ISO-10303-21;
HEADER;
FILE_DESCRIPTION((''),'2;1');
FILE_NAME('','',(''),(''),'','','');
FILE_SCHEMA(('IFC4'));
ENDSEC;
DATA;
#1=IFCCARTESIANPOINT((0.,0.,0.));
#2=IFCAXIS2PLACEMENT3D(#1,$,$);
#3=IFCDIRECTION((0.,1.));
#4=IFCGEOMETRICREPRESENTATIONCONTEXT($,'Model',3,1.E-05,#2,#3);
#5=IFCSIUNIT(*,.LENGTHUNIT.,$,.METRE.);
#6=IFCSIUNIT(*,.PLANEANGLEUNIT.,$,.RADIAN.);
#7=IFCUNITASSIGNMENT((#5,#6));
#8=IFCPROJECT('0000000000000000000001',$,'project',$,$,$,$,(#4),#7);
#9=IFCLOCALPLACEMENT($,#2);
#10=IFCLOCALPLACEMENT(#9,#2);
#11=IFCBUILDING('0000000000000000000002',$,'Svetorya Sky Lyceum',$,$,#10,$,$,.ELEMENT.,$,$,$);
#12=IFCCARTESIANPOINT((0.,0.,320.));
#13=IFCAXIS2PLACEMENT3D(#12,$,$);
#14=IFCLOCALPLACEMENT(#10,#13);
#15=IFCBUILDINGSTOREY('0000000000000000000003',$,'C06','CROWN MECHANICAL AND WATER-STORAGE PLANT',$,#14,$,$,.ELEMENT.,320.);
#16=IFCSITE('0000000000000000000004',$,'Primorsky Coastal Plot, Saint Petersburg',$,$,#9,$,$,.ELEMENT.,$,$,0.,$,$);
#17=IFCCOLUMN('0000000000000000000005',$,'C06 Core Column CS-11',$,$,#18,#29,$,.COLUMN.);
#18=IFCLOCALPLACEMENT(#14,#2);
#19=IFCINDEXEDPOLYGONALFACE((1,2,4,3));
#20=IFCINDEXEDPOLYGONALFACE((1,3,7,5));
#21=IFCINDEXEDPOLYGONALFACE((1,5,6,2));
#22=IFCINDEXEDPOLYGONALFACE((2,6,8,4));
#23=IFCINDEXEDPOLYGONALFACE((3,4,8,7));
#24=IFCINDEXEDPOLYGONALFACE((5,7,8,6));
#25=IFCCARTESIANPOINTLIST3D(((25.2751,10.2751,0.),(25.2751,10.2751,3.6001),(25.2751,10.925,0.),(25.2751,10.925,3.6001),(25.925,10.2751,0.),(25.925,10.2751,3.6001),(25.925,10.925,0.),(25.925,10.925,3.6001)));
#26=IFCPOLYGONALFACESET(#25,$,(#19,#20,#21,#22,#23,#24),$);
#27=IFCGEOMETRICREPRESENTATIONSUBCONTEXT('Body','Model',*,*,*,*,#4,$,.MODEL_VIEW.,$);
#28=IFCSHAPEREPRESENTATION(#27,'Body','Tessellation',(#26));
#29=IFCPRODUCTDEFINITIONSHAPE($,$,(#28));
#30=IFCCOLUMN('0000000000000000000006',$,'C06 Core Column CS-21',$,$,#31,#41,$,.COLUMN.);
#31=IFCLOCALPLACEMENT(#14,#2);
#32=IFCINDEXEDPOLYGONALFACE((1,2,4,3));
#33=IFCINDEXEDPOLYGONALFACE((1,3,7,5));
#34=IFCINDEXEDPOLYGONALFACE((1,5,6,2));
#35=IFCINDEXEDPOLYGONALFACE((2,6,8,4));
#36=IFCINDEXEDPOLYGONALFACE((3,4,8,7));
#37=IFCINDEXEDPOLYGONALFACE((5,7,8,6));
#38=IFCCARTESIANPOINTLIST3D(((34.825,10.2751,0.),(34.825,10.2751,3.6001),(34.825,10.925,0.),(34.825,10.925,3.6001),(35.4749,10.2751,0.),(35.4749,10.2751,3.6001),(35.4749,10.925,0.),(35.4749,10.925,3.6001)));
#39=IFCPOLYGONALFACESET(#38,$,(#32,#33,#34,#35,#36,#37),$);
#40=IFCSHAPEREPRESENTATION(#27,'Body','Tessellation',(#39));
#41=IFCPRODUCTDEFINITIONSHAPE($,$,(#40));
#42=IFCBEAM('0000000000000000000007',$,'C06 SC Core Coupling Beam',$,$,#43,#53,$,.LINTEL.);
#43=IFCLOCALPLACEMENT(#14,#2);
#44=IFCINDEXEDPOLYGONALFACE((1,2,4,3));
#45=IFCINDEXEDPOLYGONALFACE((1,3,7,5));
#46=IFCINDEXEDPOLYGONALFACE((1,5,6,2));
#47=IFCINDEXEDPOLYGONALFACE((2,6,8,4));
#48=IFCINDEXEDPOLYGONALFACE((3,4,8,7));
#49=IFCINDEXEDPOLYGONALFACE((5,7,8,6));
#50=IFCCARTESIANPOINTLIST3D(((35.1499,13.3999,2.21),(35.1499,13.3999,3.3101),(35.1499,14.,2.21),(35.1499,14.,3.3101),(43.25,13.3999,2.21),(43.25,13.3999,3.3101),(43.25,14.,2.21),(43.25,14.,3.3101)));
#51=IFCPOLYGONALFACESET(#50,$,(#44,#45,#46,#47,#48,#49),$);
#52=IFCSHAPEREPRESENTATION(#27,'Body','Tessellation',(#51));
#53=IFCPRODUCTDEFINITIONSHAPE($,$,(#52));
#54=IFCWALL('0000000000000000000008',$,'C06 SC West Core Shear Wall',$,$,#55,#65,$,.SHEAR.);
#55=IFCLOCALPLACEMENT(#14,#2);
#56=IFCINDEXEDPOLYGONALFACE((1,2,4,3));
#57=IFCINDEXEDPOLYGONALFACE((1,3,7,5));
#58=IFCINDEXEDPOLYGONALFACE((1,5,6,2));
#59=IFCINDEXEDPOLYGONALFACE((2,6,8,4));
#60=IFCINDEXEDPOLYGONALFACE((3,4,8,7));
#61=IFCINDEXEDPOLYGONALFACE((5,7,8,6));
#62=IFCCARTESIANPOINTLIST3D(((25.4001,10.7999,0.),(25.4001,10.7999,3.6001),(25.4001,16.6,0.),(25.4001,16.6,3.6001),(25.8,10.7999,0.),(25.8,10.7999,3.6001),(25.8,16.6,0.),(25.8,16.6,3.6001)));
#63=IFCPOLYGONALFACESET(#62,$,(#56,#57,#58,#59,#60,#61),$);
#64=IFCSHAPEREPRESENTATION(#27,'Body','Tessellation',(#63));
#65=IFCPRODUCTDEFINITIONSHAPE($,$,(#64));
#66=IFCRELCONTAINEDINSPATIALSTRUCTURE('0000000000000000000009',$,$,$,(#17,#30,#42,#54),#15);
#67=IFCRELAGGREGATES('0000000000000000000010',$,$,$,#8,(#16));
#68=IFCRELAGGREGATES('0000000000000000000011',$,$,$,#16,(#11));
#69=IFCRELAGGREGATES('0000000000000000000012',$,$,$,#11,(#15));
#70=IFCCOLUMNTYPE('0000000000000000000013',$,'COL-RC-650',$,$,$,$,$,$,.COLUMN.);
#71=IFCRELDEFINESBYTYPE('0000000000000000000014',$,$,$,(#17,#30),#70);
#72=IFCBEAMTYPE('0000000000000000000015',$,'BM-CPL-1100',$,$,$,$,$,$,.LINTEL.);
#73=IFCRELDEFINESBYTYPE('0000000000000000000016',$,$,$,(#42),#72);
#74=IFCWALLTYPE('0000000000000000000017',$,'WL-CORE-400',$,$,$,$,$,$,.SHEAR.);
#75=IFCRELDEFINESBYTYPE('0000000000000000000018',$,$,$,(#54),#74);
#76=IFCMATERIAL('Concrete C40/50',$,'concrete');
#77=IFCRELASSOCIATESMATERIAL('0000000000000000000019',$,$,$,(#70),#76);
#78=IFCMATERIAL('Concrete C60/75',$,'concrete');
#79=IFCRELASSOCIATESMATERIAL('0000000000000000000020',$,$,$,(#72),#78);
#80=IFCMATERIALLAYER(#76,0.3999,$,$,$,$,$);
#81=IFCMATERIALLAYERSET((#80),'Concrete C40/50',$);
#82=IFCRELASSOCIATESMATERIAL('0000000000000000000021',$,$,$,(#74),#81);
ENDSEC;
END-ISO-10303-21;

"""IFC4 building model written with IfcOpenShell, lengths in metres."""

from ifc_helpers import new_model, si_unit, direction, frame, frame_2d, origin, origin_2d, place, context, subcontext, project, spatial, rectangle, extrude, material, layer, layer_set, material_profile, profile_set, type_object, element, save


model = new_model("IFC4")

# Units and contexts
model_context = context("Model", 3, precision=1e-05, world=origin(), true_north=direction((0.0, 1.0)))
body_context = subcontext(model_context, "Body", "Model", "MODEL_VIEW")
ifc_project = project(units=[si_unit("LENGTHUNIT", "METRE"), si_unit("PLANEANGLEUNIT", "RADIAN")], contexts=[model_context])

# Site, building, storey
site_placement = place(None, origin())
site = spatial("IfcSite", under=ifc_project, at=site_placement, Name="Primorsky Coastal Plot, Saint Petersburg", CompositionType="ELEMENT", RefElevation=0.0)
building_placement = place(site_placement, origin())
building = spatial("IfcBuilding", under=site, at=building_placement, Name="Svetorya Sky Lyceum", CompositionType="ELEMENT")
storey_placement = place(building_placement, frame((0.0, 0.0, 320.0)))
storey = spatial("IfcBuildingStorey", under=building, at=storey_placement, Name="C06", Description="CROWN MECHANICAL AND WATER-STORAGE PLANT", CompositionType="ELEMENT", Elevation=320.0)

# Columns
ifc_material_1 = material(Name="Concrete C40/50", Category="concrete")
ifc_material_profile_1 = material_profile(ifc_material_1, rectangle(XDim=0.6499, YDim=0.6499, at=origin_2d()), Name="RC COL 650x650")
ifc_profile_set_1 = profile_set([ifc_material_profile_1], Name="Concrete C40/50")
column_type = type_object("IfcColumnType", Name="COL-RC-650", PredefinedType="COLUMN", material=ifc_profile_set_1)
for number, where, z_axis, x_axis, name in (
    (1, (25.6001, 10.6001, 0.0), (0.0, 0.0, 1.0), (1.0, 0.0, 0.0), "C06 Core Column CS-11"),
    (2, (35.1499, 10.6001, 0.0), (0.0, 0.0, 1.0), (1.0, 0.0, 0.0), "C06 Core Column CS-21"),
):
    element("IfcColumn", number, at=place(storey_placement, frame(where, z_axis=z_axis, x_axis=x_axis)), inside=storey, type_object=column_type, Name=name, PredefinedType="COLUMN", context=body_context, shape_type="SweptSolid", body=[
        extrude(rectangle(XDim=0.6499, YDim=0.6499, at=origin_2d()), origin(), (0.0, 0.0, 1.0), 3.6001),
    ])

# Beam
ifc_material_2 = material(Name="Concrete C60/75", Category="concrete")
ifc_material_profile_2 = material_profile(ifc_material_2, rectangle(XDim=0.6001, YDim=1.1001, at=origin_2d()), Name="RC COUPLING 600x1100")
ifc_profile_set_2 = profile_set([ifc_material_profile_2], Name="Concrete C60/75")
beam_type = type_object("IfcBeamType", Name="BM-CPL-1100", PredefinedType="LINTEL", material=ifc_profile_set_2)
beam_placement = place(storey_placement, frame((35.1499, 13.7, 2.76), z_axis=(1.0, 0.0, 0.0), x_axis=(0.0, 1.0, 0.0)))
element("IfcBeam", 3, at=beam_placement, inside=storey, type_object=beam_type, Name="C06 SC Core Coupling Beam", PredefinedType="LINTEL", context=body_context, shape_type="SweptSolid", body=[
    extrude(rectangle(XDim=0.6001, YDim=1.1001, at=origin_2d()), origin(), (0.0, 0.0, 1.0), 8.1001),
])

# Wall
ifc_layer_1 = layer(ifc_material_1, 0.3999)
ifc_layer_set_1 = layer_set([ifc_layer_1], Name="Concrete C40/50")
wall_type_1 = type_object("IfcWallType", Name="WL-CORE-400", PredefinedType="SHEAR", material=ifc_layer_set_1)
wall_1_placement = place(storey_placement, frame((25.6001, 10.8, 0.0), z_axis=(0.0, 0.0, 1.0), x_axis=(0.0, 1.0, 0.0)))
element("IfcWall", 4, at=wall_1_placement, inside=storey, type_object=wall_type_1, Name="C06 SC West Core Shear Wall", PredefinedType="SHEAR", context=body_context, shape_type="SweptSolid", body=[
    extrude(rectangle(XDim=5.8, YDim=0.3999, at=frame_2d((2.8999, 0.0))), origin(), (0.0, 0.0, 1.0), 3.6001),
])

save(model, "model.ifc")
